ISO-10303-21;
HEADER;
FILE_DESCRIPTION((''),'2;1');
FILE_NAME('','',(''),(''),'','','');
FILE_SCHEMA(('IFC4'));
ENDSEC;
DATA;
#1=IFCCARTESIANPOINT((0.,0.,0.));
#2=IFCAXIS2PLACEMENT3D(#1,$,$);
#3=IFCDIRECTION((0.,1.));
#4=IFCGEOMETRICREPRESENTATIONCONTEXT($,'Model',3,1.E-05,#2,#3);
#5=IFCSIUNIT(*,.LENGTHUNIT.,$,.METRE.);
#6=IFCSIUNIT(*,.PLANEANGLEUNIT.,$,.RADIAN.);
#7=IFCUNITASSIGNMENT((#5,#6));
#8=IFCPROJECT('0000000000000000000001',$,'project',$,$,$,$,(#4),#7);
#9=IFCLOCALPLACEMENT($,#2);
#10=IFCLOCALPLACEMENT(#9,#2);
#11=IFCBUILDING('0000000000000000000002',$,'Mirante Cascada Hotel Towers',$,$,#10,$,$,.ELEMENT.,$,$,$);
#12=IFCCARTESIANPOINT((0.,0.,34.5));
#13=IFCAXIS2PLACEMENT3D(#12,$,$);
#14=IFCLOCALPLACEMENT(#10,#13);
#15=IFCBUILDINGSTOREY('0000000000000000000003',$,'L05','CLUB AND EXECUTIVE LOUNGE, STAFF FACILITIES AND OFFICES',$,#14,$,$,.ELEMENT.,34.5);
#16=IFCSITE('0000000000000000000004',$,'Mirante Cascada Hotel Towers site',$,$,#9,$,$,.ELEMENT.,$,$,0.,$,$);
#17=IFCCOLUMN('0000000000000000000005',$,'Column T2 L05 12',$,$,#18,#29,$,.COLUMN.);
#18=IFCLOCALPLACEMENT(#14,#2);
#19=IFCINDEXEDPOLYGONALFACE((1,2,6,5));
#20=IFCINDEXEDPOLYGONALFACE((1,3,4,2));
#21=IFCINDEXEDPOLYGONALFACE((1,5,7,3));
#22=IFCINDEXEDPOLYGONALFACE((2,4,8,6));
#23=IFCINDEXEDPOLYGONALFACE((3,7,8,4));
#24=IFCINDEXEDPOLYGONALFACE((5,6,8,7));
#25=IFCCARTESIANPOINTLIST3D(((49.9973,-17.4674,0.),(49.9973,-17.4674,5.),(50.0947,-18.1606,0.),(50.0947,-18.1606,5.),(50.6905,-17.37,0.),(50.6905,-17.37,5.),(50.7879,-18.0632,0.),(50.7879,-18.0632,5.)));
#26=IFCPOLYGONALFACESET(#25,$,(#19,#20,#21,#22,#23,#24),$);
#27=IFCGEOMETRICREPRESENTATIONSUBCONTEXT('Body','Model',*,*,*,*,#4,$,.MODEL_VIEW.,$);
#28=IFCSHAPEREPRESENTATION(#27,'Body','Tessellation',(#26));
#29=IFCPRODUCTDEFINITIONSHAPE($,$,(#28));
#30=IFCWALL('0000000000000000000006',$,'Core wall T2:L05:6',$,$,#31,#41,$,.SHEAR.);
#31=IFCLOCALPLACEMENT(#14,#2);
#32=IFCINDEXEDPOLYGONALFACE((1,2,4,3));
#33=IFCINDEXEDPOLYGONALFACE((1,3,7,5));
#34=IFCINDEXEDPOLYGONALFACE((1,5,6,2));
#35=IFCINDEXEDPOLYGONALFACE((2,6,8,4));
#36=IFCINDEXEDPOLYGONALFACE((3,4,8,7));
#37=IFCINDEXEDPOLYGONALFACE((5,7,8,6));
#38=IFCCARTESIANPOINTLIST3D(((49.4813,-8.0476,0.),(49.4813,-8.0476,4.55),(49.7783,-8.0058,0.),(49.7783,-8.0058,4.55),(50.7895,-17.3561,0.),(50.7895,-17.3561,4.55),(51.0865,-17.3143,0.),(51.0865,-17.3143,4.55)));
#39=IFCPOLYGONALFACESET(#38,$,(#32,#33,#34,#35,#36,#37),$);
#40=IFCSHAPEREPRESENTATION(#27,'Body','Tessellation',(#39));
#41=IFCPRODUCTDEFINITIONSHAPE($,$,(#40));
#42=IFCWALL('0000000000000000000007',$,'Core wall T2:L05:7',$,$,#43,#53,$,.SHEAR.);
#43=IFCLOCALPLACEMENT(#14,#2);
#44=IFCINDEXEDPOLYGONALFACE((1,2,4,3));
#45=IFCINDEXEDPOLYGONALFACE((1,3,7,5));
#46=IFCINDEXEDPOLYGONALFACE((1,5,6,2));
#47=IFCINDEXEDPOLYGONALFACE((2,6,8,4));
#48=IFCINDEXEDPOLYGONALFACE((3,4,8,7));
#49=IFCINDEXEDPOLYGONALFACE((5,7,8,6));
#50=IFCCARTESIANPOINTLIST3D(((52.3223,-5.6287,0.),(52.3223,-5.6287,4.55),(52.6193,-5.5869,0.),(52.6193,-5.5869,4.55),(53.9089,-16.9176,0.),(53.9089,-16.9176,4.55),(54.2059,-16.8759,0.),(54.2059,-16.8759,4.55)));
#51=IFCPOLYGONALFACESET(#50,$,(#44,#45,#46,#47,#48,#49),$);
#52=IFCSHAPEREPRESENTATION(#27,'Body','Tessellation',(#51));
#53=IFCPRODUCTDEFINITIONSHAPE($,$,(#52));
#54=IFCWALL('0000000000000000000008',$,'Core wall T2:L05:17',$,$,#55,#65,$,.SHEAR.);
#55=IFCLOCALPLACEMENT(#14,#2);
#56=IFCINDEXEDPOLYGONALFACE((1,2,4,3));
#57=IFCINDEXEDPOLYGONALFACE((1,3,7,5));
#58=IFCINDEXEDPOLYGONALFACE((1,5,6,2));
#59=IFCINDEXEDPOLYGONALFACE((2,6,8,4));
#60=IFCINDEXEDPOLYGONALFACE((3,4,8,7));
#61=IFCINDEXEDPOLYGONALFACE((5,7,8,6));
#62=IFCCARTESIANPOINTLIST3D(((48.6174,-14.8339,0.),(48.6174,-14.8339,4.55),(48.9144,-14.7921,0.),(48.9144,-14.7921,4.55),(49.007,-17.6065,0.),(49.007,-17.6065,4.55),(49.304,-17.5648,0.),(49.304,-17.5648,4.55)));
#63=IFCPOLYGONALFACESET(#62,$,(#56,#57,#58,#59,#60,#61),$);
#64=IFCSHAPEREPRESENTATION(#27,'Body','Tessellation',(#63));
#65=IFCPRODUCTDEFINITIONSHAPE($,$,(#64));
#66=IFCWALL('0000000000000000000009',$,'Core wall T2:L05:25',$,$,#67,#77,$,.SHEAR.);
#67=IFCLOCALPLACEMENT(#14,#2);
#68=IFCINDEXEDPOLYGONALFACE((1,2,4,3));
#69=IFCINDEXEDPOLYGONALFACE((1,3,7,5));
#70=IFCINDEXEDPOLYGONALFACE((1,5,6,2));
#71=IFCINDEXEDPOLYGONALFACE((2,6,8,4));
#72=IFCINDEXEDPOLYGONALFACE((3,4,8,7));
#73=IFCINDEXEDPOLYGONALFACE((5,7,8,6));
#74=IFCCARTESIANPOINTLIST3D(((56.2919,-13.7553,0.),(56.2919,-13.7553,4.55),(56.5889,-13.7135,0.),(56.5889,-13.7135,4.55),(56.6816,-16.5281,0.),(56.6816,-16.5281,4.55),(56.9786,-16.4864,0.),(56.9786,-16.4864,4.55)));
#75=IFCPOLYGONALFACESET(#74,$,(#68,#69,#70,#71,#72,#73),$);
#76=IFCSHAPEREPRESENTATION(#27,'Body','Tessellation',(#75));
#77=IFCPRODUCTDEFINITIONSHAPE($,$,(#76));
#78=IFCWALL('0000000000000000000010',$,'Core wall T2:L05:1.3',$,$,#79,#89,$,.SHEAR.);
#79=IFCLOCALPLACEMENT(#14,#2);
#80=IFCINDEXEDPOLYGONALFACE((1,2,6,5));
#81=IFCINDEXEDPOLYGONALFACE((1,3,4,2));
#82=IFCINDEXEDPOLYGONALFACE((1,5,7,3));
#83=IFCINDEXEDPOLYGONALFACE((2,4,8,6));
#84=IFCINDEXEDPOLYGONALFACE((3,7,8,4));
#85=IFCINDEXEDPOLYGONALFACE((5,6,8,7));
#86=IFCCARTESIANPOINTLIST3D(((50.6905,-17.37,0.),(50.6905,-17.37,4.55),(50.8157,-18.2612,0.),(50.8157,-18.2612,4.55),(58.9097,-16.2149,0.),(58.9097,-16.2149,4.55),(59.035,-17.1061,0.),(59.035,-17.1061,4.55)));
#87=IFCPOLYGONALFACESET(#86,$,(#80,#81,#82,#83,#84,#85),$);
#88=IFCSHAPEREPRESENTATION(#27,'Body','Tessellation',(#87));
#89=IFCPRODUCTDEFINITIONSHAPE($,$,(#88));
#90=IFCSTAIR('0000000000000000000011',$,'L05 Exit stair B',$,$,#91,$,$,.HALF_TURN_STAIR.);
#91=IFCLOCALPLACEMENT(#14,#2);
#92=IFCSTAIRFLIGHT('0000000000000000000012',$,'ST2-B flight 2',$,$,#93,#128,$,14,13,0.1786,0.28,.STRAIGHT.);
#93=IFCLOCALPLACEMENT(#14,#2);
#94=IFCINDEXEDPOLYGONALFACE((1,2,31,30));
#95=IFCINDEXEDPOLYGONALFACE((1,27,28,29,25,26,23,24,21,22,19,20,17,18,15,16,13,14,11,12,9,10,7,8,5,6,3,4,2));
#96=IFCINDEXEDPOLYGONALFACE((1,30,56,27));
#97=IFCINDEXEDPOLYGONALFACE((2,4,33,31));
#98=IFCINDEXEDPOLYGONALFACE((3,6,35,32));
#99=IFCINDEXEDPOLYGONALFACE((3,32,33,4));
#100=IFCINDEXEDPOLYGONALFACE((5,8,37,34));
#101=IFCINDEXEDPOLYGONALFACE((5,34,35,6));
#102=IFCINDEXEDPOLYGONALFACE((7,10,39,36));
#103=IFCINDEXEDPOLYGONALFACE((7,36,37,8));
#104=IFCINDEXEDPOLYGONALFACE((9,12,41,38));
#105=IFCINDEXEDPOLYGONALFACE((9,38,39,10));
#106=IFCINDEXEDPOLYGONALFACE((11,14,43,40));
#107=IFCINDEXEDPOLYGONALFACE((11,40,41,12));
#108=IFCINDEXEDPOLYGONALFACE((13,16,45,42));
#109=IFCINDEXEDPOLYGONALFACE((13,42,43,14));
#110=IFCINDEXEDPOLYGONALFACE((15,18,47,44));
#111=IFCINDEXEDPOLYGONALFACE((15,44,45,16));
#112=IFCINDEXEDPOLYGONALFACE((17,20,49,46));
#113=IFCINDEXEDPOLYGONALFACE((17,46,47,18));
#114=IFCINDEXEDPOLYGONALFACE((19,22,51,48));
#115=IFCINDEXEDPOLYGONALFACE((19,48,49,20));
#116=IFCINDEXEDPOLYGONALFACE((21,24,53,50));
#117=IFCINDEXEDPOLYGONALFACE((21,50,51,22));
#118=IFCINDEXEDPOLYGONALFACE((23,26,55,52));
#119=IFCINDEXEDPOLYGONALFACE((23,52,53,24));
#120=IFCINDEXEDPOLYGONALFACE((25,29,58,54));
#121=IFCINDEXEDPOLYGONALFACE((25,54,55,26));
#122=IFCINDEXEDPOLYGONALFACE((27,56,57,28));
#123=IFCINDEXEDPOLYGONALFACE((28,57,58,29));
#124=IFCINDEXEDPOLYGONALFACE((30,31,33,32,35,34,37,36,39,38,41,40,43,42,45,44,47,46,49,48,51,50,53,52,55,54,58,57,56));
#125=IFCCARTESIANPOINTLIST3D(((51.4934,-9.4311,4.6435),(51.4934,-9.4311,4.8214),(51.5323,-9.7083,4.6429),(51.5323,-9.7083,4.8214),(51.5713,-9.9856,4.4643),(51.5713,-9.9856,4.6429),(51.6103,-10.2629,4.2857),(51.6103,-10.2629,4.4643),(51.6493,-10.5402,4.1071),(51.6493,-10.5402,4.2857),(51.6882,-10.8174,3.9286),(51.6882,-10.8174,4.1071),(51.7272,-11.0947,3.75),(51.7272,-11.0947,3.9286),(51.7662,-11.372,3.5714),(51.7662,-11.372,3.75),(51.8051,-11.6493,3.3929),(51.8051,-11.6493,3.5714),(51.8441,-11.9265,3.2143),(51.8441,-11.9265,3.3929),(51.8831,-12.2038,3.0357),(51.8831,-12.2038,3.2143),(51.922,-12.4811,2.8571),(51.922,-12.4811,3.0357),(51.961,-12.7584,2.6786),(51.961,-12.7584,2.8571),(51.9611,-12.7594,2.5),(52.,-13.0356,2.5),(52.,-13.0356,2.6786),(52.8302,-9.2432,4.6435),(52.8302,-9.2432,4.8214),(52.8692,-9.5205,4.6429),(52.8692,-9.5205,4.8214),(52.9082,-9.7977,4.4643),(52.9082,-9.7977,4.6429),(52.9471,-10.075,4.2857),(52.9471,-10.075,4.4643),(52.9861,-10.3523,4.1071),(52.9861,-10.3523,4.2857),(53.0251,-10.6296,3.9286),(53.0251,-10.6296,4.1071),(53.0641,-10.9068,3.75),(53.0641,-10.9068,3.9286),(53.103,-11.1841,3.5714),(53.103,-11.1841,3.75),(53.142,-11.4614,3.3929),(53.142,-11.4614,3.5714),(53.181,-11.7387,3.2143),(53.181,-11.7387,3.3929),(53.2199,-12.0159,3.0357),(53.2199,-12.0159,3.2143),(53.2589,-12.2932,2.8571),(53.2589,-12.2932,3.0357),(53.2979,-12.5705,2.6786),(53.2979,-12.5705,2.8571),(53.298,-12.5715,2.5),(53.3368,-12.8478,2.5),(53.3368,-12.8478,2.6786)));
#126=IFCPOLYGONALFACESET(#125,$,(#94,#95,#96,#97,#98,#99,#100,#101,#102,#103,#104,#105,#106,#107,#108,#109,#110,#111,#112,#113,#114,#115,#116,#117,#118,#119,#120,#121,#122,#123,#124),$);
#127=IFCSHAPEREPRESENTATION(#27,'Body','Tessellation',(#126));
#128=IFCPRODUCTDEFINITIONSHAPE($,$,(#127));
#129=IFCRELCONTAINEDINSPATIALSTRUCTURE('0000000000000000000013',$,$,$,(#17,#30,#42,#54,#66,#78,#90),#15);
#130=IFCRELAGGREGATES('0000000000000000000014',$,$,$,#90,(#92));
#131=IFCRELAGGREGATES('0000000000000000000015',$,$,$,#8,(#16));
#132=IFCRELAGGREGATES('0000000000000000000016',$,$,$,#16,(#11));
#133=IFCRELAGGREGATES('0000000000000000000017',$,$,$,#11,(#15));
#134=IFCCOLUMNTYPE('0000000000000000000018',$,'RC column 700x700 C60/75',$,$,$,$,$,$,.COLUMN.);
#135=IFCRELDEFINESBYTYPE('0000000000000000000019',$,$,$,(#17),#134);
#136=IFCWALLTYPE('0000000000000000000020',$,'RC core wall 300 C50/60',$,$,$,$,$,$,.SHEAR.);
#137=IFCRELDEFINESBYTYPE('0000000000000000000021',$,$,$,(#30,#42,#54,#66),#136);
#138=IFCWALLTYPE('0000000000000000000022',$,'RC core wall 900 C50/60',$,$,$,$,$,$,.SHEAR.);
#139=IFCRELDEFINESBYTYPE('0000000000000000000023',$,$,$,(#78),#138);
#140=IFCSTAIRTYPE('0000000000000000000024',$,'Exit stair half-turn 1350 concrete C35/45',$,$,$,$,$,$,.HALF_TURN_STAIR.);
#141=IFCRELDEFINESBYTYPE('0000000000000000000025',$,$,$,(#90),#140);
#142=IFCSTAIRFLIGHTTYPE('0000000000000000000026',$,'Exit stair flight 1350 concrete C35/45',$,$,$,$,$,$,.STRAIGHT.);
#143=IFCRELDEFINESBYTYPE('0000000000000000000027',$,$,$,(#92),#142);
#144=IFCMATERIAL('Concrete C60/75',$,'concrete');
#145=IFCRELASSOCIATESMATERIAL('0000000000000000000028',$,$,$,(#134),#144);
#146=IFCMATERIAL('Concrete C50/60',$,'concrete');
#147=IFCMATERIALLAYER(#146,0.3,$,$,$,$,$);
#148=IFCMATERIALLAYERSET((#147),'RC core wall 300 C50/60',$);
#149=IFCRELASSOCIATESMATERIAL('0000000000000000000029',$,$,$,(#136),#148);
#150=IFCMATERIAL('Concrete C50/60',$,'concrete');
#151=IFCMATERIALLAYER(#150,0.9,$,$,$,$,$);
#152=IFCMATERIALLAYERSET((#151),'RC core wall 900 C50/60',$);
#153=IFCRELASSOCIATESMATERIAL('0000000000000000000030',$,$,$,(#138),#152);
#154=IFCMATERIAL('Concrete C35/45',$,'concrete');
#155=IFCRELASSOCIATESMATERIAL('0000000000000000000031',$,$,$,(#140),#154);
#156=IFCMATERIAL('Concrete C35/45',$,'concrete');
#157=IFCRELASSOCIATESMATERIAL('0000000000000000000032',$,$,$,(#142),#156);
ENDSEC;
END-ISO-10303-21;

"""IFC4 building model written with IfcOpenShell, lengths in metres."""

from ifc_helpers import new_model, si_unit, direction, frame, frame_2d, origin, origin_2d, place, context, subcontext, project, spatial, polyline, rectangle, outline, extrude, material, layer, layer_set, material_profile, profile_set, type_object, element, aggregate, save


model = new_model("IFC4")

# Units and contexts
model_context = context("Model", 3, precision=1e-05, world=origin(), true_north=direction((0.0, 1.0)))
body_context = subcontext(model_context, "Body", "Model", "MODEL_VIEW")
ifc_project = project(units=[si_unit("LENGTHUNIT", "METRE"), si_unit("PLANEANGLEUNIT", "RADIAN")], contexts=[model_context])

# Site, building, storey
site_placement = place(None, origin())
site = spatial("IfcSite", under=ifc_project, at=site_placement, Name="Mirante Cascada Hotel Towers site", CompositionType="ELEMENT", RefElevation=0.0)
building_placement = place(site_placement, origin())
building = spatial("IfcBuilding", under=site, at=building_placement, Name="Mirante Cascada Hotel Towers", CompositionType="ELEMENT")
storey_placement = place(building_placement, frame((0.0, 0.0, 34.5)))
storey = spatial("IfcBuildingStorey", under=building, at=storey_placement, Name="L05", Description="CLUB AND EXECUTIVE LOUNGE, STAFF FACILITIES AND OFFICES", CompositionType="ELEMENT", Elevation=34.5)

# Column
ifc_material_1 = material(Name="Concrete C60/75", Category="concrete")
ifc_material_profile = material_profile(ifc_material_1, rectangle(XDim=0.7, YDim=0.7, at=origin_2d()), Name="RC column 700x700 C60/75")
ifc_profile_set = profile_set([ifc_material_profile], Name="Concrete C60/75")
column_type = type_object("IfcColumnType", Name="RC column 700x700 C60/75", PredefinedType="COLUMN", material=ifc_profile_set)
column_placement = place(storey_placement, frame((50.3926, -17.7653, 0.0), z_axis=(0.0, 0.0, 1.0), x_axis=(0.990268, 0.139173, 0.0)))
element("IfcColumn", 1, at=column_placement, inside=storey, type_object=column_type, Name="Column T2 L05 12", PredefinedType="COLUMN", context=body_context, shape_type="SweptSolid", body=[
    extrude(rectangle(XDim=0.7, YDim=0.7, at=origin_2d()), origin(), (0.0, 0.0, 1.0), 5.0),
])

# Walls
ifc_material_2 = material(Name="Concrete C50/60", Category="concrete")
ifc_layer_1 = layer(ifc_material_2, 0.3)
ifc_layer_set_1 = layer_set([ifc_layer_1], Name="RC core wall 300 C50/60")
wall_type_1 = type_object("IfcWallType", Name="RC core wall 300 C50/60", PredefinedType="SHEAR", material=ifc_layer_set_1)
wall_1_placement = place(storey_placement, frame((50.938, -17.3352, 0.0), z_axis=(0.0, 0.0, 1.0), x_axis=(-0.139171, 0.990268, 0.0)))
element("IfcWall", 2, at=wall_1_placement, inside=storey, type_object=wall_type_1, Name="Core wall T2:L05:6", PredefinedType="SHEAR", context=body_context, shape_type="SweptSolid", body=[
    extrude(rectangle(XDim=9.4, YDim=0.3, at=frame_2d((4.7, 0.0))), origin(), (0.0, 0.0, 1.0), 4.55),
])
wall_2_placement = place(storey_placement, frame((54.0574, -16.8968, 0.0), z_axis=(0.0, 0.0, 1.0), x_axis=(-0.139176, 0.990268, 0.0)))
element("IfcWall", 3, at=wall_2_placement, inside=storey, type_object=wall_type_1, Name="Core wall T2:L05:7", PredefinedType="SHEAR", context=body_context, shape_type="SweptSolid", body=[
    extrude(rectangle(XDim=11.3999, YDim=0.3, at=frame_2d((5.7, 0.0))), origin(), (0.0, 0.0, 1.0), 4.55),
])
wall_3_placement = place(storey_placement, frame((49.1555, -17.5857, 0.0), z_axis=(0.0, 0.0, 1.0), x_axis=(-0.139146, 0.990272, 0.0)))
element("IfcWall", 4, at=wall_3_placement, inside=storey, type_object=wall_type_1, Name="Core wall T2:L05:17", PredefinedType="SHEAR", context=body_context, shape_type="SweptSolid", body=[
    extrude(rectangle(XDim=2.7999, YDim=0.3, at=frame_2d((1.4, 0.0))), origin(), (0.0, 0.0, 1.0), 4.55),
])

# Walls
wall_4_placement = place(storey_placement, frame((56.8301, -16.5072, 0.0), z_axis=(0.0, 0.0, 1.0), x_axis=(-0.139176, 0.990268, 0.0)))
element("IfcWall", 5, at=wall_4_placement, inside=storey, type_object=wall_type_1, Name="Core wall T2:L05:25", PredefinedType="SHEAR", context=body_context, shape_type="SweptSolid", body=[
    extrude(rectangle(XDim=2.8001, YDim=0.3, at=frame_2d((1.4, 0.0))), origin(), (0.0, 0.0, 1.0), 4.55),
])
ifc_material_3 = material(Name="Concrete C50/60", Category="concrete")
ifc_layer_2 = layer(ifc_material_3, 0.9)
ifc_layer_set_2 = layer_set([ifc_layer_2], Name="RC core wall 900 C50/60")
wall_type_2 = type_object("IfcWallType", Name="RC core wall 900 C50/60", PredefinedType="SHEAR", material=ifc_layer_set_2)
wall_5_placement = place(storey_placement, frame((50.7531, -17.8156, 0.0), z_axis=(0.0, 0.0, 1.0), x_axis=(0.990269, 0.139169, 0.0)))
element("IfcWall", 6, at=wall_5_placement, inside=storey, type_object=wall_type_2, Name="Core wall T2:L05:1.3", PredefinedType="SHEAR", context=body_context, shape_type="SweptSolid", body=[
    extrude(rectangle(XDim=8.3, YDim=0.9, at=frame_2d((4.15, 0.0))), origin(), (0.0, 0.0, 1.0), 4.55),
])

# Stair, stair flight
ifc_material_4 = material(Name="Concrete C35/45", Category="concrete")
stair_type = type_object("IfcStairType", Name="Exit stair half-turn 1350 concrete C35/45", PredefinedType="HALF_TURN_STAIR", material=ifc_material_4)
stair_placement = place(storey_placement, origin())
stair = element("IfcStair", 7, at=stair_placement, inside=storey, type_object=stair_type, Name="L05 Exit stair B", PredefinedType="HALF_TURN_STAIR")
ifc_material_5 = material(Name="Concrete C35/45", Category="concrete")
stair_flight_type = type_object("IfcStairFlightType", Name="Exit stair flight 1350 concrete C35/45", PredefinedType="STRAIGHT", material=ifc_material_5)
stair_flight_placement = place(storey_placement, frame((52.6684, -12.9417, 2.5), z_axis=(0.0, 0.0, 1.0), x_axis=(-0.139173, 0.990268, 0.0)))
stair_flight = element("IfcStairFlight", 8, at=stair_flight_placement, type_object=stair_flight_type, Name="ST2-B flight 2", NumberOfRisers=14, NumberOfTreads=13, PredefinedType="STRAIGHT", RiserHeight=0.1786, TreadLength=0.28, context=body_context, shape_type="SweptSolid", body=[
    extrude(outline(polyline([(0.0, 0.0), (0.0, 0.1786), (0.28, 0.1786), (0.28, 0.3571), (0.56, 0.3571), (0.56, 0.5357), (0.84, 0.5357), (0.84, 0.7143), (1.12, 0.7143), (1.12, 0.8929), (1.4, 0.8929), (1.4, 1.0714), (1.68, 1.0714), (1.68, 1.25), (1.96, 1.25), (1.96, 1.4286), (2.24, 1.4286), (2.24, 1.6071), (2.52, 1.6071), (2.52, 1.7857), (2.8, 1.7857), (2.8, 1.9643), (3.08, 1.9643), (3.08, 2.1429), (3.36, 2.1429), (3.36, 2.3214), (3.64, 2.3214), (3.64, 2.5), (3.64, 2.1435), (0.279, 0.0), (0.0, 0.0)])), frame((0.0, 0.675, 0.0), z_axis=(0.0, -1.0, 0.0), x_axis=(1.0, 0.0, 0.0)), (0.0, 0.0, 1.0), 1.35),
])
aggregate(stair, [stair_flight])

save(model, "model.ifc")
